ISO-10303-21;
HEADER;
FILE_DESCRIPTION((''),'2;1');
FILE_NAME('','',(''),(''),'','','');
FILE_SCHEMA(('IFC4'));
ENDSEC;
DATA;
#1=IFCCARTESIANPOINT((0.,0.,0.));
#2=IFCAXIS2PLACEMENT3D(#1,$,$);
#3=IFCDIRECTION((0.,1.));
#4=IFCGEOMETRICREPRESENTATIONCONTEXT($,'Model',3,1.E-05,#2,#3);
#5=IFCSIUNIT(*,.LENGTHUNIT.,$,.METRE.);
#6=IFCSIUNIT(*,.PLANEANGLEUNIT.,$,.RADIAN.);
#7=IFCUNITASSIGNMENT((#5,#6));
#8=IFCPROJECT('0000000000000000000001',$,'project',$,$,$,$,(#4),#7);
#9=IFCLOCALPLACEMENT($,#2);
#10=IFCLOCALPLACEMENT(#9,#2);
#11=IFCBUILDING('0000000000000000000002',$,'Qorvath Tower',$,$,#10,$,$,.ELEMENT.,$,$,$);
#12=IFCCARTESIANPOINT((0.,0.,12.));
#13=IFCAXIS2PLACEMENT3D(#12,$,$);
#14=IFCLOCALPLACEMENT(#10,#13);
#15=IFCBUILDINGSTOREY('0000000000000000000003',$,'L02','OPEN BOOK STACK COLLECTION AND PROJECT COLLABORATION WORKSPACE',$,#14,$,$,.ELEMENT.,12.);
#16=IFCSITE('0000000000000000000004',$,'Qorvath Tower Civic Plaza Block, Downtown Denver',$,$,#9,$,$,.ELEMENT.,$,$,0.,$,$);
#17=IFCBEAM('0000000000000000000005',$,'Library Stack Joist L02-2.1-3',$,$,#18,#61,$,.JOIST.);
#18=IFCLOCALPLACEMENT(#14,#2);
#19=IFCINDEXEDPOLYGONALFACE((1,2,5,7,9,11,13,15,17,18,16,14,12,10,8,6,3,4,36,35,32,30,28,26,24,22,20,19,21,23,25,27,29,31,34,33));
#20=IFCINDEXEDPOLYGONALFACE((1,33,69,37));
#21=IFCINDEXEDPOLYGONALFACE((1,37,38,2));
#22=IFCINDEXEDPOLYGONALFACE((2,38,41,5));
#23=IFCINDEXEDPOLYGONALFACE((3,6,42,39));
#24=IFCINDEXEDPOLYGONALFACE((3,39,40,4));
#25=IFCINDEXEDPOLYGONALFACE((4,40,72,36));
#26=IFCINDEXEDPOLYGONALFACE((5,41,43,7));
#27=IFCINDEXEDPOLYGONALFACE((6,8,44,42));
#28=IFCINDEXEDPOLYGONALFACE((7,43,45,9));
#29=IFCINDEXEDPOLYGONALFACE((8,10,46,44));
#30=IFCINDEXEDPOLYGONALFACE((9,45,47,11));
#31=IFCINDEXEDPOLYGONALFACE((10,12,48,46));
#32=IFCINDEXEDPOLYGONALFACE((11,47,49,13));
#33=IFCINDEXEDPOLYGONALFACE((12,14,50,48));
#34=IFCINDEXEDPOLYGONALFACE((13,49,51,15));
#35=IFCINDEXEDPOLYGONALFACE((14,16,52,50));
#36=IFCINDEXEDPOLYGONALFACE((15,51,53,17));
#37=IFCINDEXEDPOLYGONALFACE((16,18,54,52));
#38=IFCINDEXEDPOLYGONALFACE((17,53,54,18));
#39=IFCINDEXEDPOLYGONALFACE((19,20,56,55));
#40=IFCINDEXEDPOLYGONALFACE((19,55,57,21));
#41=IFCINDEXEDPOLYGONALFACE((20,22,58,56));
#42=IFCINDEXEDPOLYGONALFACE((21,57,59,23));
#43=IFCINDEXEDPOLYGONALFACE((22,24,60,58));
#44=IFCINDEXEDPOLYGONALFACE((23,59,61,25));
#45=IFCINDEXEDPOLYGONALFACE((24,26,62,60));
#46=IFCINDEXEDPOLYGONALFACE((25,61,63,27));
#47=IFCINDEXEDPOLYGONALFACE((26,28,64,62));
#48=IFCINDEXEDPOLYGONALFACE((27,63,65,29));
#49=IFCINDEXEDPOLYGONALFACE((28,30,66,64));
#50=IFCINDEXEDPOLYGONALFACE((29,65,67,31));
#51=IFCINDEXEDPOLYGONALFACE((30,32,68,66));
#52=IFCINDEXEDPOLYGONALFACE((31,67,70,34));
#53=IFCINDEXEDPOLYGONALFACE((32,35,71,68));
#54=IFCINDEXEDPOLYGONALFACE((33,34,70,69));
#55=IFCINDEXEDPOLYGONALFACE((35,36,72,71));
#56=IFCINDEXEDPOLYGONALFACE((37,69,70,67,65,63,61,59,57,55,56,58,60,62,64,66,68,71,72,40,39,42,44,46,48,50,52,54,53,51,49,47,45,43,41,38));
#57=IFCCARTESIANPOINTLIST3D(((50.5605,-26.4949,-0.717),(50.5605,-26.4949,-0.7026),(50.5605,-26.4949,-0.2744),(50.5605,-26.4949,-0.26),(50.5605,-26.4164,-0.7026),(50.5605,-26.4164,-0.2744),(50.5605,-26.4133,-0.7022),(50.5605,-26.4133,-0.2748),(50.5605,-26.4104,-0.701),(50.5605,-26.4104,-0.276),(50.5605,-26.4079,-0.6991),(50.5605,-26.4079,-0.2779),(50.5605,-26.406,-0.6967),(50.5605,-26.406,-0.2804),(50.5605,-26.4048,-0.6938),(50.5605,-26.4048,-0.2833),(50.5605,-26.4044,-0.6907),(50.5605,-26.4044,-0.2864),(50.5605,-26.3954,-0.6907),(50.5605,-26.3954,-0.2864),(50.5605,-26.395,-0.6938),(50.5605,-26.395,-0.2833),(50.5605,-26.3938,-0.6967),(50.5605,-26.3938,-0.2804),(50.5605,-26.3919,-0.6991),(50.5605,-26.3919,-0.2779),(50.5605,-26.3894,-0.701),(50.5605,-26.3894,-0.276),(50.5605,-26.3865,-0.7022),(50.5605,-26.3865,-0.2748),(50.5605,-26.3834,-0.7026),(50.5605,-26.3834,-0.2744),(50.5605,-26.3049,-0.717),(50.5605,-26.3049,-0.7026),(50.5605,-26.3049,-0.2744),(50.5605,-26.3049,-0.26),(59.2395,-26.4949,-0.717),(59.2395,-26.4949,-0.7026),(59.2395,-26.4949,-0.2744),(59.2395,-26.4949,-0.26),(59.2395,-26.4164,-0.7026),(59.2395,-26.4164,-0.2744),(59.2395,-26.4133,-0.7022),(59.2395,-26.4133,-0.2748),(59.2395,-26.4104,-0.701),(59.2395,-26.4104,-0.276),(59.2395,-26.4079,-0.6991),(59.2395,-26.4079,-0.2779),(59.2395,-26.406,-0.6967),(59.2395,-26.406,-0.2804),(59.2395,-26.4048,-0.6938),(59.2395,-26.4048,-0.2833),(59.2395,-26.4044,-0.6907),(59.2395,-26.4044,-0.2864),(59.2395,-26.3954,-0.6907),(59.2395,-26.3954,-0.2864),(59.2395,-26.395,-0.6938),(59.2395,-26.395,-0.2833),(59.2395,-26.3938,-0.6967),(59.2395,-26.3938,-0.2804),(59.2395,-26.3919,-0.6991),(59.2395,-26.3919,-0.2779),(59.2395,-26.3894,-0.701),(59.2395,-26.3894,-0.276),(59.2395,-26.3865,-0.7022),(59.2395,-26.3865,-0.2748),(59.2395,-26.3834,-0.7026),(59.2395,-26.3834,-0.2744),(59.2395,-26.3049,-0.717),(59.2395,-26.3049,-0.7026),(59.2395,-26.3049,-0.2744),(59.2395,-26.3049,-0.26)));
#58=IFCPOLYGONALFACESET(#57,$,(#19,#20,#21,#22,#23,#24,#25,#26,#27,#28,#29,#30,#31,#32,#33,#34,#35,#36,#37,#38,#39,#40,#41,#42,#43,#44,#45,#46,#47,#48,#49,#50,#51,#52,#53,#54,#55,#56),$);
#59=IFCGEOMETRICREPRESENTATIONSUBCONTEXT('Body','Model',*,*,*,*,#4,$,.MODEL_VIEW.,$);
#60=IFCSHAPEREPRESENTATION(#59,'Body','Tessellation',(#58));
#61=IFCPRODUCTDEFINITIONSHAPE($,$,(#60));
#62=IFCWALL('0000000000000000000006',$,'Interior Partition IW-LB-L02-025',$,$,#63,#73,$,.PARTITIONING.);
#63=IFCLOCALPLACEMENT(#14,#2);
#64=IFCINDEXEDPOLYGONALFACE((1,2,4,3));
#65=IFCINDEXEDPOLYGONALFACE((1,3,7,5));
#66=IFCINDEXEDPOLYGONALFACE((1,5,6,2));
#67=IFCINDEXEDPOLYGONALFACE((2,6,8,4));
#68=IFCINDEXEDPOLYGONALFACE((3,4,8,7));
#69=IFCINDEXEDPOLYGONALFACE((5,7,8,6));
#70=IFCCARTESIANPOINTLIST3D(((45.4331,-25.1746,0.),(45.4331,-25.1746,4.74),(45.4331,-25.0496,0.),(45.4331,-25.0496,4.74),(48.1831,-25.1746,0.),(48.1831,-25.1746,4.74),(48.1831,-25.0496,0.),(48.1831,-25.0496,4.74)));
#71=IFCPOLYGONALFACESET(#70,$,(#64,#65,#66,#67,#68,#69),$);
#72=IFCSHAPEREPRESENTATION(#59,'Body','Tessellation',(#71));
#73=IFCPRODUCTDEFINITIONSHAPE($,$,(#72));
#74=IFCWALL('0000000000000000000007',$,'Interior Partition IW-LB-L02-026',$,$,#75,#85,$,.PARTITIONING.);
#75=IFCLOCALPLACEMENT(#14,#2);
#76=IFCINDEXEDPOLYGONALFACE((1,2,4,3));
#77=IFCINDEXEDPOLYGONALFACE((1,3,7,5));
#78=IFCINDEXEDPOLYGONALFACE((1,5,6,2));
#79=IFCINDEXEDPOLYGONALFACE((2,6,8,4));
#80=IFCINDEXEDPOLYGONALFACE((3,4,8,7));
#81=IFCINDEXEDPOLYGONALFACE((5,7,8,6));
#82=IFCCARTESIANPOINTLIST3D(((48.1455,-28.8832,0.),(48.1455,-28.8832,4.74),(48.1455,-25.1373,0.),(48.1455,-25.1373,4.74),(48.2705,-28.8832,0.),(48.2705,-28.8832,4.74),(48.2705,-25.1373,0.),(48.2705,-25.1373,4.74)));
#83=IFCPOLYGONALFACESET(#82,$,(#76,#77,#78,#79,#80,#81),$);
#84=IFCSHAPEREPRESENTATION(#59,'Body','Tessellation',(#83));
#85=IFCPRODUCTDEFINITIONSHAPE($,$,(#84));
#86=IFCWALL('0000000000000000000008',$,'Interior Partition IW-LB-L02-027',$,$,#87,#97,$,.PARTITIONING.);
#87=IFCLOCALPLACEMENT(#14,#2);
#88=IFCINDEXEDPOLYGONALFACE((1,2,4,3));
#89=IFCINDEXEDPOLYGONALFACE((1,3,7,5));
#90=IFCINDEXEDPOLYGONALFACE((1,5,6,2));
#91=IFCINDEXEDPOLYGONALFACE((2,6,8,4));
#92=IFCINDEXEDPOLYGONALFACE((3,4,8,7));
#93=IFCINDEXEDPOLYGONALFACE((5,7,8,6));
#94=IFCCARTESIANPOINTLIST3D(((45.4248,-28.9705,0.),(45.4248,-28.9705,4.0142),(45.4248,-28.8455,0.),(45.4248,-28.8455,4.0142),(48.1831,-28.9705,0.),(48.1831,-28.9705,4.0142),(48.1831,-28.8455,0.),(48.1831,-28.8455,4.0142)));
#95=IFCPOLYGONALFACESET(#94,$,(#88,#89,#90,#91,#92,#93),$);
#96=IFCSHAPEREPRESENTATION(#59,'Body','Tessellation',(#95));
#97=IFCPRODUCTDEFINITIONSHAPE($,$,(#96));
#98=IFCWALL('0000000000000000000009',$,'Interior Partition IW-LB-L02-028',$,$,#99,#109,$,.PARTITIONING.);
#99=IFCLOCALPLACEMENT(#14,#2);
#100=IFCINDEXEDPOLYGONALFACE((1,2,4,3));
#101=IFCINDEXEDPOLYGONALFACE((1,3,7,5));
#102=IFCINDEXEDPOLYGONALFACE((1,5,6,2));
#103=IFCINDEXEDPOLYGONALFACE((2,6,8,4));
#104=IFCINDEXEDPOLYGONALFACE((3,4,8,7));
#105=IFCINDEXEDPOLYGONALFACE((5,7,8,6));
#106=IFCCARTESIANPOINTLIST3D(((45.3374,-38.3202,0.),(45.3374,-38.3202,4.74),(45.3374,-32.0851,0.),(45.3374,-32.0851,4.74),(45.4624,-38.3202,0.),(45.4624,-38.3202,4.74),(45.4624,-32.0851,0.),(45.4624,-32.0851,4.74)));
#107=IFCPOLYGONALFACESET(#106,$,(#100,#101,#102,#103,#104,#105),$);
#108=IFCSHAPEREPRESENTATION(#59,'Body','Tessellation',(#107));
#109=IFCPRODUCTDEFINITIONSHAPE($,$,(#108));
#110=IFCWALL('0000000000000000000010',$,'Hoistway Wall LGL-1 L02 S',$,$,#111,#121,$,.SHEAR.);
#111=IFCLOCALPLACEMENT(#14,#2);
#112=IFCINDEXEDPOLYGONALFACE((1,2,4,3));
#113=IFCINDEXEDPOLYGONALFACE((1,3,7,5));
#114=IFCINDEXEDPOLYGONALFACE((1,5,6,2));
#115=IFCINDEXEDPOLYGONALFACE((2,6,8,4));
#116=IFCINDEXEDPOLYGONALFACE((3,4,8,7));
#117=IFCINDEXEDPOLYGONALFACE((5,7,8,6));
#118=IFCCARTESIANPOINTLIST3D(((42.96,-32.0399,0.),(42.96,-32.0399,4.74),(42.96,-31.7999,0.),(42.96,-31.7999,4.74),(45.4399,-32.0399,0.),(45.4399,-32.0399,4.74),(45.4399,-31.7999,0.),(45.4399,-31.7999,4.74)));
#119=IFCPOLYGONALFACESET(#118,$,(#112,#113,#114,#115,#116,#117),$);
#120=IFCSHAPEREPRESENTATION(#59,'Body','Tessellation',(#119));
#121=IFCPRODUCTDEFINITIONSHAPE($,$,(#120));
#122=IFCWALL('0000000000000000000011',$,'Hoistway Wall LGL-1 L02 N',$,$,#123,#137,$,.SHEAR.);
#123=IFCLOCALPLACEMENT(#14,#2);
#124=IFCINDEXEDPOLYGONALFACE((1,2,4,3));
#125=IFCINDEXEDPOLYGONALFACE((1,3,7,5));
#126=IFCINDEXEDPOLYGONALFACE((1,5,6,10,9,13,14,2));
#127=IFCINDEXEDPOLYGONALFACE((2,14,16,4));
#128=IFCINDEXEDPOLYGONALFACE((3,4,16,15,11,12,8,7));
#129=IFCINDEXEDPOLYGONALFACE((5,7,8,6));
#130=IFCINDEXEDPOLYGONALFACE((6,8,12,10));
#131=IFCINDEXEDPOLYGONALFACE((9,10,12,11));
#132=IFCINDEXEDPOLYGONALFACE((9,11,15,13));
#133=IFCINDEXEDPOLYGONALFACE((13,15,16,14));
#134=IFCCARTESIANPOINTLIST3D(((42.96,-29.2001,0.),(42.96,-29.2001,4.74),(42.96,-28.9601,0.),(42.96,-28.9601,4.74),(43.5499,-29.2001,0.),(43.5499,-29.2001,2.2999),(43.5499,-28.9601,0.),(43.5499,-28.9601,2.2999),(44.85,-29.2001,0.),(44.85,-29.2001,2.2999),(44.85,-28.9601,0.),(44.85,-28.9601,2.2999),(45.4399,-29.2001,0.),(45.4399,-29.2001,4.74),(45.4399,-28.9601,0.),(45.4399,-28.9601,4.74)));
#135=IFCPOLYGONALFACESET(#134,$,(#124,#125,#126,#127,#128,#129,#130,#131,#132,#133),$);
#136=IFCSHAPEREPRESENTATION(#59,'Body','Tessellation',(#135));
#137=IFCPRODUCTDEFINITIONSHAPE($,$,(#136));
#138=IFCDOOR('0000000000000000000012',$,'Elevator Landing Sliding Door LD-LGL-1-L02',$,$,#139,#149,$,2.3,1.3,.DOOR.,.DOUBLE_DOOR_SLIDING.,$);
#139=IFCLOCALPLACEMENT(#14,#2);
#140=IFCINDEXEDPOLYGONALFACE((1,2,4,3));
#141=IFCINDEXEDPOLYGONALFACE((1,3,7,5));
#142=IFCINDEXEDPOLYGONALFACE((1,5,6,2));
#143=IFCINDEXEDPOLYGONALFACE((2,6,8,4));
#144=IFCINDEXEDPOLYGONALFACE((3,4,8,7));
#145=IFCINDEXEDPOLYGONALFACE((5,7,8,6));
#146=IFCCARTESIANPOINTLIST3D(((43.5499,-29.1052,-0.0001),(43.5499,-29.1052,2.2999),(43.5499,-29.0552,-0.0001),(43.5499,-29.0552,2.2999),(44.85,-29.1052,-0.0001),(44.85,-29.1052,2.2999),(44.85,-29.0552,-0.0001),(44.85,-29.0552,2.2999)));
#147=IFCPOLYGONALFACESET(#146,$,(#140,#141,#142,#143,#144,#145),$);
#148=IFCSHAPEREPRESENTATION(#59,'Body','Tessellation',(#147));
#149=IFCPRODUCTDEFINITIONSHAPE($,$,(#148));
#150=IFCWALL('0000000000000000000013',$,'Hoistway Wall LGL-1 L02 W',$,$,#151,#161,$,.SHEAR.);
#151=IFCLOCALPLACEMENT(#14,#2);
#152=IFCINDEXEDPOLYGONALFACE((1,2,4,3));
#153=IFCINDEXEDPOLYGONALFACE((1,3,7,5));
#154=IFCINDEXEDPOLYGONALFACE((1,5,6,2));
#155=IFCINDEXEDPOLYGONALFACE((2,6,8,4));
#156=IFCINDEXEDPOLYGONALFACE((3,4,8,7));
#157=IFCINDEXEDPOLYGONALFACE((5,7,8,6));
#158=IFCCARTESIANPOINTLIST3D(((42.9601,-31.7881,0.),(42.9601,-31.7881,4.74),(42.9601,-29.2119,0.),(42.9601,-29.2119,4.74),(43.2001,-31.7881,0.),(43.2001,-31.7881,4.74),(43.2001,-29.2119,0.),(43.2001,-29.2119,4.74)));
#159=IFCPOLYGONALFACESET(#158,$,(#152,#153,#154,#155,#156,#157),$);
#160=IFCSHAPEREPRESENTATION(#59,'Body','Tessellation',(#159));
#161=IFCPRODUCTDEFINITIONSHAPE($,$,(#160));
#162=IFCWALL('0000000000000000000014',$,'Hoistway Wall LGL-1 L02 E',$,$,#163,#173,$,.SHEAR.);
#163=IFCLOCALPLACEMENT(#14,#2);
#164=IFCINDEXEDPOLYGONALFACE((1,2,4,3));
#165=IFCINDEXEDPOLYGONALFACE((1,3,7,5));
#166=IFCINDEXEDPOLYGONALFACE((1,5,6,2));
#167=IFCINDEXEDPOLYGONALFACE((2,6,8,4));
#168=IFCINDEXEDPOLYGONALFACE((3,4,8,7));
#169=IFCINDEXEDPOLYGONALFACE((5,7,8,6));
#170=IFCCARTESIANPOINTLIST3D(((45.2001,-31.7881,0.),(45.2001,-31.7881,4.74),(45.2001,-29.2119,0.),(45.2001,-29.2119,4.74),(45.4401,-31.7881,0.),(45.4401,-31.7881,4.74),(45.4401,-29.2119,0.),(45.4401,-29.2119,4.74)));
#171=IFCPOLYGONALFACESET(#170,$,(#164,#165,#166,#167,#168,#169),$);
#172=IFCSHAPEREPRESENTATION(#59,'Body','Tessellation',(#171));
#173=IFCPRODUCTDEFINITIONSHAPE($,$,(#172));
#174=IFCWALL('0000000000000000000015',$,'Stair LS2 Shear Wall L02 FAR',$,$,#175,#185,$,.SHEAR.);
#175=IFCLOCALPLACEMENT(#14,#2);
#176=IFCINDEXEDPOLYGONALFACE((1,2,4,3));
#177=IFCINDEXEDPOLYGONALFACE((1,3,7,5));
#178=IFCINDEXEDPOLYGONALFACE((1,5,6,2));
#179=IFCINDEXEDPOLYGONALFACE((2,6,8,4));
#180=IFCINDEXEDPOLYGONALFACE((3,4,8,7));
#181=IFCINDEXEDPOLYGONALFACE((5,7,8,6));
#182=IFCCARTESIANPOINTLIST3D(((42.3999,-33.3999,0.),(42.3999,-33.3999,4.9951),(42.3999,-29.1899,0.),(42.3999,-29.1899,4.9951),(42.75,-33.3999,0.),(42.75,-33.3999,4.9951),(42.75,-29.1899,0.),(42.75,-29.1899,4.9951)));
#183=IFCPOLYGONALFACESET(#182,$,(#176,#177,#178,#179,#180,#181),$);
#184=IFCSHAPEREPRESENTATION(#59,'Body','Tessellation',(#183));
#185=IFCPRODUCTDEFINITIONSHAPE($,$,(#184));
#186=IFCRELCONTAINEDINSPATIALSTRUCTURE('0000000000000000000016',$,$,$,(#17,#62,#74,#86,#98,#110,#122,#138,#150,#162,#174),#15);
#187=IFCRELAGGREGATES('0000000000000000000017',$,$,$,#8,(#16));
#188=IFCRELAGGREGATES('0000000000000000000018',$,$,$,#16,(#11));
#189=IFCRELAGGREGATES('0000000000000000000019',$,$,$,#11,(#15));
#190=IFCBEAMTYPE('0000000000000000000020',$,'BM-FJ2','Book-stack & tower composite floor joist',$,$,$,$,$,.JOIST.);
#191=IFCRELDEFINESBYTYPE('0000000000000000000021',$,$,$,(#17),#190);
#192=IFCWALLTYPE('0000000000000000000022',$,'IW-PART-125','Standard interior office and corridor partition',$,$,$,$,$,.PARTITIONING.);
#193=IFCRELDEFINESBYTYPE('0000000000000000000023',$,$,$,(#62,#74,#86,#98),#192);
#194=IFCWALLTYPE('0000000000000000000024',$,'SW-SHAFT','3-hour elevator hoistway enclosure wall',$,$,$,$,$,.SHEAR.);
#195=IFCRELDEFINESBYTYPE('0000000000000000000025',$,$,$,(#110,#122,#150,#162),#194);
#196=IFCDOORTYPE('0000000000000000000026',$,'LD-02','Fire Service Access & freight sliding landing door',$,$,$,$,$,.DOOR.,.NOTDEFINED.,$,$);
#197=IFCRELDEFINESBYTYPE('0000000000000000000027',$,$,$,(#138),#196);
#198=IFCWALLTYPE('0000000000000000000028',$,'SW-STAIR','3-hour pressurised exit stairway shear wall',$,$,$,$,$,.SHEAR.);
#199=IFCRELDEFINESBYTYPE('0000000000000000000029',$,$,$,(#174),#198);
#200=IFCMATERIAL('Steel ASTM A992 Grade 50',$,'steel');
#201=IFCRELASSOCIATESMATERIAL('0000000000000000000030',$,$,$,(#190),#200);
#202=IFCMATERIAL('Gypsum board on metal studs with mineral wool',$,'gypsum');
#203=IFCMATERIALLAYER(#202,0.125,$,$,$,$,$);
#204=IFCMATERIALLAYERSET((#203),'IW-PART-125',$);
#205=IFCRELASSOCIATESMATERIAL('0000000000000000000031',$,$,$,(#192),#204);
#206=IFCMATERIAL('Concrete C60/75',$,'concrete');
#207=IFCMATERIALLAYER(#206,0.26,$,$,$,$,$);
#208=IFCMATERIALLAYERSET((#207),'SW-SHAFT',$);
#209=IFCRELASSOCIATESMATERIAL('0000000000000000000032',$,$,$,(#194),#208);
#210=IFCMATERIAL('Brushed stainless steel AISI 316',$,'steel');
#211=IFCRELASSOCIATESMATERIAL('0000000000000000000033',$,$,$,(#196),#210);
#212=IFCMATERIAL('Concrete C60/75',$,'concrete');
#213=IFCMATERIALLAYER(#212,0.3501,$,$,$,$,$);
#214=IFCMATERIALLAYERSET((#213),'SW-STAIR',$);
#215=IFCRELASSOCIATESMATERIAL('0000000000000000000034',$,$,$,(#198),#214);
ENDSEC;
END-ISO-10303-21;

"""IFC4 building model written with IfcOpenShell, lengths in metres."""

from ifc_helpers import new_model, si_unit, direction, frame, frame_2d, origin, origin_2d, place, context, subcontext, project, spatial, rectangle, i_section, extrude, material, layer, layer_set, material_profile, profile_set, type_object, element, fill, save


model = new_model("IFC4")

# Units and contexts
model_context = context("Model", 3, precision=1e-05, world=origin(), true_north=direction((0.0, 1.0)))
body_context = subcontext(model_context, "Body", "Model", "MODEL_VIEW")
ifc_project = project(units=[si_unit("LENGTHUNIT", "METRE"), si_unit("PLANEANGLEUNIT", "RADIAN")], contexts=[model_context])

# Site, building, storey
site_placement = place(None, origin())
site = spatial("IfcSite", under=ifc_project, at=site_placement, Name="Qorvath Tower Civic Plaza Block, Downtown Denver", CompositionType="ELEMENT", RefElevation=0.0)
building_placement = place(site_placement, origin())
building = spatial("IfcBuilding", under=site, at=building_placement, Name="Qorvath Tower", CompositionType="ELEMENT")
storey_placement = place(building_placement, frame((0.0, 0.0, 12.0)))
storey = spatial("IfcBuildingStorey", under=building, at=storey_placement, Name="L02", Description="OPEN BOOK STACK COLLECTION AND PROJECT COLLABORATION WORKSPACE", CompositionType="ELEMENT", Elevation=12.0)

# Beam
ifc_material_1 = material(Name="Steel ASTM A992 Grade 50", Category="steel")
ifc_material_profile_1 = material_profile(ifc_material_1, i_section(OverallWidth=0.1899, OverallDepth=0.457, WebThickness=0.009, FlangeThickness=0.0144, FilletRadius=0.012, at=origin_2d()), Name="W18x50")
ifc_profile_set_1 = profile_set([ifc_material_profile_1], Name="Steel ASTM A992 Grade 50")
beam_type_1 = type_object("IfcBeamType", Name="BM-FJ2", Description="Book-stack & tower composite floor joist", PredefinedType="JOIST", material=ifc_profile_set_1)
for number, where, z_axis, x_axis, name in (
    (1, (50.5605, -26.3999, -0.4885), (1.0, 0.0, 0.0), (0.0, 1.0, 0.0), "Library Stack Joist L02-2.1-3"),
):
    element("IfcBeam", number, at=place(storey_placement, frame(where, z_axis=z_axis, x_axis=x_axis)), inside=storey, type_object=beam_type_1, Name=name, PredefinedType="JOIST", context=body_context, shape_type="SweptSolid", body=[
        extrude(i_section(OverallWidth=0.1899, OverallDepth=0.457, WebThickness=0.009, FlangeThickness=0.0144, FilletRadius=0.012, at=origin_2d()), origin(), (0.0, 0.0, 1.0), 8.679),
    ])

# Walls
ifc_material_2 = material(Name="Gypsum board on metal studs with mineral wool", Category="gypsum")
ifc_layer_1 = layer(ifc_material_2, 0.125)
ifc_layer_set_1 = layer_set([ifc_layer_1], Name="IW-PART-125")
wall_type_1 = type_object("IfcWallType", Name="IW-PART-125", Description="Standard interior office and corridor partition", PredefinedType="PARTITIONING", material=ifc_layer_set_1)
wall_1_placement = place(storey_placement, frame((48.1831, -25.1121, 0.0), z_axis=(0.0, 0.0, 1.0), x_axis=(-1.0, 0.0, 0.0)))
element("IfcWall", 2, at=wall_1_placement, inside=storey, type_object=wall_type_1, Name="Interior Partition IW-LB-L02-025", PredefinedType="PARTITIONING", context=body_context, shape_type="SweptSolid", body=[
    extrude(rectangle(XDim=2.75, YDim=0.125, at=frame_2d((1.375, 0.0))), origin(), (0.0, 0.0, 1.0), 4.74),
])
wall_2_placement = place(storey_placement, frame((48.208, -25.1372, 0.0), z_axis=(0.0, 0.0, 1.0), x_axis=(0.0, -1.0, 0.0)))
element("IfcWall", 3, at=wall_2_placement, inside=storey, type_object=wall_type_1, Name="Interior Partition IW-LB-L02-026", PredefinedType="PARTITIONING", context=body_context, shape_type="SweptSolid", body=[
    extrude(rectangle(XDim=3.7458, YDim=0.125, at=frame_2d((1.873, 0.0))), origin(), (0.0, 0.0, 1.0), 4.74),
])
wall_3_placement = place(storey_placement, frame((45.4248, -28.908, 0.0), z_axis=(0.0, 0.0, 1.0), x_axis=(1.0, 0.0, 0.0)))
element("IfcWall", 4, at=wall_3_placement, inside=storey, type_object=wall_type_1, Name="Interior Partition IW-LB-L02-027", PredefinedType="PARTITIONING", context=body_context, shape_type="SweptSolid", body=[
    extrude(rectangle(XDim=2.7583, YDim=0.125, at=frame_2d((1.3792, 0.0))), origin(), (0.0, 0.0, 1.0), 4.0142),
])
wall_4_placement = place(storey_placement, frame((45.3999, -32.085, 0.0), z_axis=(0.0, 0.0, 1.0), x_axis=(0.0, -1.0, 0.0)))
element("IfcWall", 5, at=wall_4_placement, inside=storey, type_object=wall_type_1, Name="Interior Partition IW-LB-L02-028", PredefinedType="PARTITIONING", context=body_context, shape_type="SweptSolid", body=[
    extrude(rectangle(XDim=6.2351, YDim=0.125, at=frame_2d((3.1177, 0.0))), origin(), (0.0, 0.0, 1.0), 4.74),
])
ifc_material_3 = material(Name="Concrete C60/75", Category="concrete")
ifc_layer_2 = layer(ifc_material_3, 0.26)
ifc_layer_set_2 = layer_set([ifc_layer_2], Name="SW-SHAFT")
wall_type_2 = type_object("IfcWallType", Name="SW-SHAFT", Description="3-hour elevator hoistway enclosure wall", PredefinedType="SHEAR", material=ifc_layer_set_2)
wall_5_placement = place(storey_placement, frame((45.4399, -31.9199, 0.0), z_axis=(0.0, 0.0, 1.0), x_axis=(-1.0, 0.0, 0.0)))
element("IfcWall", 6, at=wall_5_placement, inside=storey, type_object=wall_type_2, Name="Hoistway Wall LGL-1 L02 S", PredefinedType="SHEAR", context=body_context, shape_type="SweptSolid", body=[
    extrude(rectangle(XDim=2.48, YDim=0.24, at=frame_2d((1.24, 0.0))), origin(), (0.0, 0.0, 1.0), 4.74),
])

# Wall, opening, door
wall_6_placement = place(storey_placement, frame((42.96, -29.0801, 0.0), z_axis=(0.0, 0.0, 1.0), x_axis=(1.0, 0.0, 0.0)))
wall_6 = element("IfcWall", 7, at=wall_6_placement, inside=storey, type_object=wall_type_2, Name="Hoistway Wall LGL-1 L02 N", PredefinedType="SHEAR", context=body_context, shape_type="SweptSolid", body=[
    extrude(rectangle(XDim=2.48, YDim=0.24, at=frame_2d((1.24, 0.0))), origin(), (0.0, 0.0, 1.0), 4.74),
])
opening_1_placement = place(wall_6_placement, frame((0.5901, 0.0, 0.0)))
opening_1 = element("IfcOpeningElement", 8, at=opening_1_placement, cuts=wall_6, PredefinedType="OPENING", context=body_context, shape_type="SweptSolid", body=[
    extrude(rectangle(XDim=1.3, YDim=2.3, at=frame_2d((0.6499, 1.1499))), frame((0.0, 0.1299, 0.0), z_axis=(0.0, -1.0, 0.0), x_axis=(1.0, 0.0, 0.0)), (0.0, 0.0, 1.0), 0.26),
])
ifc_material_4 = material(Name="Brushed stainless steel AISI 316", Category="steel")
door_type_1 = type_object("IfcDoorType", Name="LD-02", Description="Fire Service Access & freight sliding landing door", OperationType="NOTDEFINED", PredefinedType="DOOR", material=ifc_material_4)
door_1_placement = place(opening_1_placement, origin())
door_1 = element("IfcDoor", 9, at=door_1_placement, inside=storey, type_object=door_type_1, Name="Elevator Landing Sliding Door LD-LGL-1-L02", OperationType="DOUBLE_DOOR_SLIDING", OverallHeight=2.3, OverallWidth=1.3, PredefinedType="DOOR", context=body_context, shape_type="SweptSolid", body=[
    extrude(rectangle(XDim=1.3, YDim=2.3, at=frame_2d((0.6499, 1.1499))), frame((0.0, 0.0249, 0.0), z_axis=(0.0, -1.0, 0.0), x_axis=(1.0, 0.0, 0.0)), (0.0, 0.0, 1.0), 0.05),
])
fill(opening_1, door_1)

# Walls
for number, where, z_axis, x_axis, name in (
    (10, (43.0801, -31.7881, 0.0), (0.0, 0.0, 1.0), (0.0, 1.0, 0.0), "Hoistway Wall LGL-1 L02 W"),
    (11, (45.3201, -29.2119, 0.0), (0.0, 0.0, 1.0), (0.0, -1.0, 0.0), "Hoistway Wall LGL-1 L02 E"),
):
    element("IfcWall", number, at=place(storey_placement, frame(where, z_axis=z_axis, x_axis=x_axis)), inside=storey, type_object=wall_type_2, Name=name, PredefinedType="SHEAR", context=body_context, shape_type="SweptSolid", body=[
        extrude(rectangle(XDim=2.5762, YDim=0.24, at=frame_2d((1.2881, 0.0))), origin(), (0.0, 0.0, 1.0), 4.74),
    ])
ifc_material_5 = material(Name="Concrete C60/75", Category="concrete")
ifc_layer_3 = layer(ifc_material_5, 0.3501)
ifc_layer_set_3 = layer_set([ifc_layer_3], Name="SW-STAIR")
wall_type_3 = type_object("IfcWallType", Name="SW-STAIR", Description="3-hour pressurised exit stairway shear wall", PredefinedType="SHEAR", material=ifc_layer_set_3)
wall_7_placement = place(storey_placement, frame((42.575, -33.3999, 0.0), z_axis=(0.0, 0.0, 1.0), x_axis=(0.0, 1.0, 0.0)))
element("IfcWall", 12, at=wall_7_placement, inside=storey, type_object=wall_type_3, Name="Stair LS2 Shear Wall L02 FAR", PredefinedType="SHEAR", context=body_context, shape_type="SweptSolid", body=[
    extrude(rectangle(XDim=4.21, YDim=0.3501, at=frame_2d((2.105, 0.0))), origin(), (0.0, 0.0, 1.0), 4.9951),
])

save(model, "model.ifc")
